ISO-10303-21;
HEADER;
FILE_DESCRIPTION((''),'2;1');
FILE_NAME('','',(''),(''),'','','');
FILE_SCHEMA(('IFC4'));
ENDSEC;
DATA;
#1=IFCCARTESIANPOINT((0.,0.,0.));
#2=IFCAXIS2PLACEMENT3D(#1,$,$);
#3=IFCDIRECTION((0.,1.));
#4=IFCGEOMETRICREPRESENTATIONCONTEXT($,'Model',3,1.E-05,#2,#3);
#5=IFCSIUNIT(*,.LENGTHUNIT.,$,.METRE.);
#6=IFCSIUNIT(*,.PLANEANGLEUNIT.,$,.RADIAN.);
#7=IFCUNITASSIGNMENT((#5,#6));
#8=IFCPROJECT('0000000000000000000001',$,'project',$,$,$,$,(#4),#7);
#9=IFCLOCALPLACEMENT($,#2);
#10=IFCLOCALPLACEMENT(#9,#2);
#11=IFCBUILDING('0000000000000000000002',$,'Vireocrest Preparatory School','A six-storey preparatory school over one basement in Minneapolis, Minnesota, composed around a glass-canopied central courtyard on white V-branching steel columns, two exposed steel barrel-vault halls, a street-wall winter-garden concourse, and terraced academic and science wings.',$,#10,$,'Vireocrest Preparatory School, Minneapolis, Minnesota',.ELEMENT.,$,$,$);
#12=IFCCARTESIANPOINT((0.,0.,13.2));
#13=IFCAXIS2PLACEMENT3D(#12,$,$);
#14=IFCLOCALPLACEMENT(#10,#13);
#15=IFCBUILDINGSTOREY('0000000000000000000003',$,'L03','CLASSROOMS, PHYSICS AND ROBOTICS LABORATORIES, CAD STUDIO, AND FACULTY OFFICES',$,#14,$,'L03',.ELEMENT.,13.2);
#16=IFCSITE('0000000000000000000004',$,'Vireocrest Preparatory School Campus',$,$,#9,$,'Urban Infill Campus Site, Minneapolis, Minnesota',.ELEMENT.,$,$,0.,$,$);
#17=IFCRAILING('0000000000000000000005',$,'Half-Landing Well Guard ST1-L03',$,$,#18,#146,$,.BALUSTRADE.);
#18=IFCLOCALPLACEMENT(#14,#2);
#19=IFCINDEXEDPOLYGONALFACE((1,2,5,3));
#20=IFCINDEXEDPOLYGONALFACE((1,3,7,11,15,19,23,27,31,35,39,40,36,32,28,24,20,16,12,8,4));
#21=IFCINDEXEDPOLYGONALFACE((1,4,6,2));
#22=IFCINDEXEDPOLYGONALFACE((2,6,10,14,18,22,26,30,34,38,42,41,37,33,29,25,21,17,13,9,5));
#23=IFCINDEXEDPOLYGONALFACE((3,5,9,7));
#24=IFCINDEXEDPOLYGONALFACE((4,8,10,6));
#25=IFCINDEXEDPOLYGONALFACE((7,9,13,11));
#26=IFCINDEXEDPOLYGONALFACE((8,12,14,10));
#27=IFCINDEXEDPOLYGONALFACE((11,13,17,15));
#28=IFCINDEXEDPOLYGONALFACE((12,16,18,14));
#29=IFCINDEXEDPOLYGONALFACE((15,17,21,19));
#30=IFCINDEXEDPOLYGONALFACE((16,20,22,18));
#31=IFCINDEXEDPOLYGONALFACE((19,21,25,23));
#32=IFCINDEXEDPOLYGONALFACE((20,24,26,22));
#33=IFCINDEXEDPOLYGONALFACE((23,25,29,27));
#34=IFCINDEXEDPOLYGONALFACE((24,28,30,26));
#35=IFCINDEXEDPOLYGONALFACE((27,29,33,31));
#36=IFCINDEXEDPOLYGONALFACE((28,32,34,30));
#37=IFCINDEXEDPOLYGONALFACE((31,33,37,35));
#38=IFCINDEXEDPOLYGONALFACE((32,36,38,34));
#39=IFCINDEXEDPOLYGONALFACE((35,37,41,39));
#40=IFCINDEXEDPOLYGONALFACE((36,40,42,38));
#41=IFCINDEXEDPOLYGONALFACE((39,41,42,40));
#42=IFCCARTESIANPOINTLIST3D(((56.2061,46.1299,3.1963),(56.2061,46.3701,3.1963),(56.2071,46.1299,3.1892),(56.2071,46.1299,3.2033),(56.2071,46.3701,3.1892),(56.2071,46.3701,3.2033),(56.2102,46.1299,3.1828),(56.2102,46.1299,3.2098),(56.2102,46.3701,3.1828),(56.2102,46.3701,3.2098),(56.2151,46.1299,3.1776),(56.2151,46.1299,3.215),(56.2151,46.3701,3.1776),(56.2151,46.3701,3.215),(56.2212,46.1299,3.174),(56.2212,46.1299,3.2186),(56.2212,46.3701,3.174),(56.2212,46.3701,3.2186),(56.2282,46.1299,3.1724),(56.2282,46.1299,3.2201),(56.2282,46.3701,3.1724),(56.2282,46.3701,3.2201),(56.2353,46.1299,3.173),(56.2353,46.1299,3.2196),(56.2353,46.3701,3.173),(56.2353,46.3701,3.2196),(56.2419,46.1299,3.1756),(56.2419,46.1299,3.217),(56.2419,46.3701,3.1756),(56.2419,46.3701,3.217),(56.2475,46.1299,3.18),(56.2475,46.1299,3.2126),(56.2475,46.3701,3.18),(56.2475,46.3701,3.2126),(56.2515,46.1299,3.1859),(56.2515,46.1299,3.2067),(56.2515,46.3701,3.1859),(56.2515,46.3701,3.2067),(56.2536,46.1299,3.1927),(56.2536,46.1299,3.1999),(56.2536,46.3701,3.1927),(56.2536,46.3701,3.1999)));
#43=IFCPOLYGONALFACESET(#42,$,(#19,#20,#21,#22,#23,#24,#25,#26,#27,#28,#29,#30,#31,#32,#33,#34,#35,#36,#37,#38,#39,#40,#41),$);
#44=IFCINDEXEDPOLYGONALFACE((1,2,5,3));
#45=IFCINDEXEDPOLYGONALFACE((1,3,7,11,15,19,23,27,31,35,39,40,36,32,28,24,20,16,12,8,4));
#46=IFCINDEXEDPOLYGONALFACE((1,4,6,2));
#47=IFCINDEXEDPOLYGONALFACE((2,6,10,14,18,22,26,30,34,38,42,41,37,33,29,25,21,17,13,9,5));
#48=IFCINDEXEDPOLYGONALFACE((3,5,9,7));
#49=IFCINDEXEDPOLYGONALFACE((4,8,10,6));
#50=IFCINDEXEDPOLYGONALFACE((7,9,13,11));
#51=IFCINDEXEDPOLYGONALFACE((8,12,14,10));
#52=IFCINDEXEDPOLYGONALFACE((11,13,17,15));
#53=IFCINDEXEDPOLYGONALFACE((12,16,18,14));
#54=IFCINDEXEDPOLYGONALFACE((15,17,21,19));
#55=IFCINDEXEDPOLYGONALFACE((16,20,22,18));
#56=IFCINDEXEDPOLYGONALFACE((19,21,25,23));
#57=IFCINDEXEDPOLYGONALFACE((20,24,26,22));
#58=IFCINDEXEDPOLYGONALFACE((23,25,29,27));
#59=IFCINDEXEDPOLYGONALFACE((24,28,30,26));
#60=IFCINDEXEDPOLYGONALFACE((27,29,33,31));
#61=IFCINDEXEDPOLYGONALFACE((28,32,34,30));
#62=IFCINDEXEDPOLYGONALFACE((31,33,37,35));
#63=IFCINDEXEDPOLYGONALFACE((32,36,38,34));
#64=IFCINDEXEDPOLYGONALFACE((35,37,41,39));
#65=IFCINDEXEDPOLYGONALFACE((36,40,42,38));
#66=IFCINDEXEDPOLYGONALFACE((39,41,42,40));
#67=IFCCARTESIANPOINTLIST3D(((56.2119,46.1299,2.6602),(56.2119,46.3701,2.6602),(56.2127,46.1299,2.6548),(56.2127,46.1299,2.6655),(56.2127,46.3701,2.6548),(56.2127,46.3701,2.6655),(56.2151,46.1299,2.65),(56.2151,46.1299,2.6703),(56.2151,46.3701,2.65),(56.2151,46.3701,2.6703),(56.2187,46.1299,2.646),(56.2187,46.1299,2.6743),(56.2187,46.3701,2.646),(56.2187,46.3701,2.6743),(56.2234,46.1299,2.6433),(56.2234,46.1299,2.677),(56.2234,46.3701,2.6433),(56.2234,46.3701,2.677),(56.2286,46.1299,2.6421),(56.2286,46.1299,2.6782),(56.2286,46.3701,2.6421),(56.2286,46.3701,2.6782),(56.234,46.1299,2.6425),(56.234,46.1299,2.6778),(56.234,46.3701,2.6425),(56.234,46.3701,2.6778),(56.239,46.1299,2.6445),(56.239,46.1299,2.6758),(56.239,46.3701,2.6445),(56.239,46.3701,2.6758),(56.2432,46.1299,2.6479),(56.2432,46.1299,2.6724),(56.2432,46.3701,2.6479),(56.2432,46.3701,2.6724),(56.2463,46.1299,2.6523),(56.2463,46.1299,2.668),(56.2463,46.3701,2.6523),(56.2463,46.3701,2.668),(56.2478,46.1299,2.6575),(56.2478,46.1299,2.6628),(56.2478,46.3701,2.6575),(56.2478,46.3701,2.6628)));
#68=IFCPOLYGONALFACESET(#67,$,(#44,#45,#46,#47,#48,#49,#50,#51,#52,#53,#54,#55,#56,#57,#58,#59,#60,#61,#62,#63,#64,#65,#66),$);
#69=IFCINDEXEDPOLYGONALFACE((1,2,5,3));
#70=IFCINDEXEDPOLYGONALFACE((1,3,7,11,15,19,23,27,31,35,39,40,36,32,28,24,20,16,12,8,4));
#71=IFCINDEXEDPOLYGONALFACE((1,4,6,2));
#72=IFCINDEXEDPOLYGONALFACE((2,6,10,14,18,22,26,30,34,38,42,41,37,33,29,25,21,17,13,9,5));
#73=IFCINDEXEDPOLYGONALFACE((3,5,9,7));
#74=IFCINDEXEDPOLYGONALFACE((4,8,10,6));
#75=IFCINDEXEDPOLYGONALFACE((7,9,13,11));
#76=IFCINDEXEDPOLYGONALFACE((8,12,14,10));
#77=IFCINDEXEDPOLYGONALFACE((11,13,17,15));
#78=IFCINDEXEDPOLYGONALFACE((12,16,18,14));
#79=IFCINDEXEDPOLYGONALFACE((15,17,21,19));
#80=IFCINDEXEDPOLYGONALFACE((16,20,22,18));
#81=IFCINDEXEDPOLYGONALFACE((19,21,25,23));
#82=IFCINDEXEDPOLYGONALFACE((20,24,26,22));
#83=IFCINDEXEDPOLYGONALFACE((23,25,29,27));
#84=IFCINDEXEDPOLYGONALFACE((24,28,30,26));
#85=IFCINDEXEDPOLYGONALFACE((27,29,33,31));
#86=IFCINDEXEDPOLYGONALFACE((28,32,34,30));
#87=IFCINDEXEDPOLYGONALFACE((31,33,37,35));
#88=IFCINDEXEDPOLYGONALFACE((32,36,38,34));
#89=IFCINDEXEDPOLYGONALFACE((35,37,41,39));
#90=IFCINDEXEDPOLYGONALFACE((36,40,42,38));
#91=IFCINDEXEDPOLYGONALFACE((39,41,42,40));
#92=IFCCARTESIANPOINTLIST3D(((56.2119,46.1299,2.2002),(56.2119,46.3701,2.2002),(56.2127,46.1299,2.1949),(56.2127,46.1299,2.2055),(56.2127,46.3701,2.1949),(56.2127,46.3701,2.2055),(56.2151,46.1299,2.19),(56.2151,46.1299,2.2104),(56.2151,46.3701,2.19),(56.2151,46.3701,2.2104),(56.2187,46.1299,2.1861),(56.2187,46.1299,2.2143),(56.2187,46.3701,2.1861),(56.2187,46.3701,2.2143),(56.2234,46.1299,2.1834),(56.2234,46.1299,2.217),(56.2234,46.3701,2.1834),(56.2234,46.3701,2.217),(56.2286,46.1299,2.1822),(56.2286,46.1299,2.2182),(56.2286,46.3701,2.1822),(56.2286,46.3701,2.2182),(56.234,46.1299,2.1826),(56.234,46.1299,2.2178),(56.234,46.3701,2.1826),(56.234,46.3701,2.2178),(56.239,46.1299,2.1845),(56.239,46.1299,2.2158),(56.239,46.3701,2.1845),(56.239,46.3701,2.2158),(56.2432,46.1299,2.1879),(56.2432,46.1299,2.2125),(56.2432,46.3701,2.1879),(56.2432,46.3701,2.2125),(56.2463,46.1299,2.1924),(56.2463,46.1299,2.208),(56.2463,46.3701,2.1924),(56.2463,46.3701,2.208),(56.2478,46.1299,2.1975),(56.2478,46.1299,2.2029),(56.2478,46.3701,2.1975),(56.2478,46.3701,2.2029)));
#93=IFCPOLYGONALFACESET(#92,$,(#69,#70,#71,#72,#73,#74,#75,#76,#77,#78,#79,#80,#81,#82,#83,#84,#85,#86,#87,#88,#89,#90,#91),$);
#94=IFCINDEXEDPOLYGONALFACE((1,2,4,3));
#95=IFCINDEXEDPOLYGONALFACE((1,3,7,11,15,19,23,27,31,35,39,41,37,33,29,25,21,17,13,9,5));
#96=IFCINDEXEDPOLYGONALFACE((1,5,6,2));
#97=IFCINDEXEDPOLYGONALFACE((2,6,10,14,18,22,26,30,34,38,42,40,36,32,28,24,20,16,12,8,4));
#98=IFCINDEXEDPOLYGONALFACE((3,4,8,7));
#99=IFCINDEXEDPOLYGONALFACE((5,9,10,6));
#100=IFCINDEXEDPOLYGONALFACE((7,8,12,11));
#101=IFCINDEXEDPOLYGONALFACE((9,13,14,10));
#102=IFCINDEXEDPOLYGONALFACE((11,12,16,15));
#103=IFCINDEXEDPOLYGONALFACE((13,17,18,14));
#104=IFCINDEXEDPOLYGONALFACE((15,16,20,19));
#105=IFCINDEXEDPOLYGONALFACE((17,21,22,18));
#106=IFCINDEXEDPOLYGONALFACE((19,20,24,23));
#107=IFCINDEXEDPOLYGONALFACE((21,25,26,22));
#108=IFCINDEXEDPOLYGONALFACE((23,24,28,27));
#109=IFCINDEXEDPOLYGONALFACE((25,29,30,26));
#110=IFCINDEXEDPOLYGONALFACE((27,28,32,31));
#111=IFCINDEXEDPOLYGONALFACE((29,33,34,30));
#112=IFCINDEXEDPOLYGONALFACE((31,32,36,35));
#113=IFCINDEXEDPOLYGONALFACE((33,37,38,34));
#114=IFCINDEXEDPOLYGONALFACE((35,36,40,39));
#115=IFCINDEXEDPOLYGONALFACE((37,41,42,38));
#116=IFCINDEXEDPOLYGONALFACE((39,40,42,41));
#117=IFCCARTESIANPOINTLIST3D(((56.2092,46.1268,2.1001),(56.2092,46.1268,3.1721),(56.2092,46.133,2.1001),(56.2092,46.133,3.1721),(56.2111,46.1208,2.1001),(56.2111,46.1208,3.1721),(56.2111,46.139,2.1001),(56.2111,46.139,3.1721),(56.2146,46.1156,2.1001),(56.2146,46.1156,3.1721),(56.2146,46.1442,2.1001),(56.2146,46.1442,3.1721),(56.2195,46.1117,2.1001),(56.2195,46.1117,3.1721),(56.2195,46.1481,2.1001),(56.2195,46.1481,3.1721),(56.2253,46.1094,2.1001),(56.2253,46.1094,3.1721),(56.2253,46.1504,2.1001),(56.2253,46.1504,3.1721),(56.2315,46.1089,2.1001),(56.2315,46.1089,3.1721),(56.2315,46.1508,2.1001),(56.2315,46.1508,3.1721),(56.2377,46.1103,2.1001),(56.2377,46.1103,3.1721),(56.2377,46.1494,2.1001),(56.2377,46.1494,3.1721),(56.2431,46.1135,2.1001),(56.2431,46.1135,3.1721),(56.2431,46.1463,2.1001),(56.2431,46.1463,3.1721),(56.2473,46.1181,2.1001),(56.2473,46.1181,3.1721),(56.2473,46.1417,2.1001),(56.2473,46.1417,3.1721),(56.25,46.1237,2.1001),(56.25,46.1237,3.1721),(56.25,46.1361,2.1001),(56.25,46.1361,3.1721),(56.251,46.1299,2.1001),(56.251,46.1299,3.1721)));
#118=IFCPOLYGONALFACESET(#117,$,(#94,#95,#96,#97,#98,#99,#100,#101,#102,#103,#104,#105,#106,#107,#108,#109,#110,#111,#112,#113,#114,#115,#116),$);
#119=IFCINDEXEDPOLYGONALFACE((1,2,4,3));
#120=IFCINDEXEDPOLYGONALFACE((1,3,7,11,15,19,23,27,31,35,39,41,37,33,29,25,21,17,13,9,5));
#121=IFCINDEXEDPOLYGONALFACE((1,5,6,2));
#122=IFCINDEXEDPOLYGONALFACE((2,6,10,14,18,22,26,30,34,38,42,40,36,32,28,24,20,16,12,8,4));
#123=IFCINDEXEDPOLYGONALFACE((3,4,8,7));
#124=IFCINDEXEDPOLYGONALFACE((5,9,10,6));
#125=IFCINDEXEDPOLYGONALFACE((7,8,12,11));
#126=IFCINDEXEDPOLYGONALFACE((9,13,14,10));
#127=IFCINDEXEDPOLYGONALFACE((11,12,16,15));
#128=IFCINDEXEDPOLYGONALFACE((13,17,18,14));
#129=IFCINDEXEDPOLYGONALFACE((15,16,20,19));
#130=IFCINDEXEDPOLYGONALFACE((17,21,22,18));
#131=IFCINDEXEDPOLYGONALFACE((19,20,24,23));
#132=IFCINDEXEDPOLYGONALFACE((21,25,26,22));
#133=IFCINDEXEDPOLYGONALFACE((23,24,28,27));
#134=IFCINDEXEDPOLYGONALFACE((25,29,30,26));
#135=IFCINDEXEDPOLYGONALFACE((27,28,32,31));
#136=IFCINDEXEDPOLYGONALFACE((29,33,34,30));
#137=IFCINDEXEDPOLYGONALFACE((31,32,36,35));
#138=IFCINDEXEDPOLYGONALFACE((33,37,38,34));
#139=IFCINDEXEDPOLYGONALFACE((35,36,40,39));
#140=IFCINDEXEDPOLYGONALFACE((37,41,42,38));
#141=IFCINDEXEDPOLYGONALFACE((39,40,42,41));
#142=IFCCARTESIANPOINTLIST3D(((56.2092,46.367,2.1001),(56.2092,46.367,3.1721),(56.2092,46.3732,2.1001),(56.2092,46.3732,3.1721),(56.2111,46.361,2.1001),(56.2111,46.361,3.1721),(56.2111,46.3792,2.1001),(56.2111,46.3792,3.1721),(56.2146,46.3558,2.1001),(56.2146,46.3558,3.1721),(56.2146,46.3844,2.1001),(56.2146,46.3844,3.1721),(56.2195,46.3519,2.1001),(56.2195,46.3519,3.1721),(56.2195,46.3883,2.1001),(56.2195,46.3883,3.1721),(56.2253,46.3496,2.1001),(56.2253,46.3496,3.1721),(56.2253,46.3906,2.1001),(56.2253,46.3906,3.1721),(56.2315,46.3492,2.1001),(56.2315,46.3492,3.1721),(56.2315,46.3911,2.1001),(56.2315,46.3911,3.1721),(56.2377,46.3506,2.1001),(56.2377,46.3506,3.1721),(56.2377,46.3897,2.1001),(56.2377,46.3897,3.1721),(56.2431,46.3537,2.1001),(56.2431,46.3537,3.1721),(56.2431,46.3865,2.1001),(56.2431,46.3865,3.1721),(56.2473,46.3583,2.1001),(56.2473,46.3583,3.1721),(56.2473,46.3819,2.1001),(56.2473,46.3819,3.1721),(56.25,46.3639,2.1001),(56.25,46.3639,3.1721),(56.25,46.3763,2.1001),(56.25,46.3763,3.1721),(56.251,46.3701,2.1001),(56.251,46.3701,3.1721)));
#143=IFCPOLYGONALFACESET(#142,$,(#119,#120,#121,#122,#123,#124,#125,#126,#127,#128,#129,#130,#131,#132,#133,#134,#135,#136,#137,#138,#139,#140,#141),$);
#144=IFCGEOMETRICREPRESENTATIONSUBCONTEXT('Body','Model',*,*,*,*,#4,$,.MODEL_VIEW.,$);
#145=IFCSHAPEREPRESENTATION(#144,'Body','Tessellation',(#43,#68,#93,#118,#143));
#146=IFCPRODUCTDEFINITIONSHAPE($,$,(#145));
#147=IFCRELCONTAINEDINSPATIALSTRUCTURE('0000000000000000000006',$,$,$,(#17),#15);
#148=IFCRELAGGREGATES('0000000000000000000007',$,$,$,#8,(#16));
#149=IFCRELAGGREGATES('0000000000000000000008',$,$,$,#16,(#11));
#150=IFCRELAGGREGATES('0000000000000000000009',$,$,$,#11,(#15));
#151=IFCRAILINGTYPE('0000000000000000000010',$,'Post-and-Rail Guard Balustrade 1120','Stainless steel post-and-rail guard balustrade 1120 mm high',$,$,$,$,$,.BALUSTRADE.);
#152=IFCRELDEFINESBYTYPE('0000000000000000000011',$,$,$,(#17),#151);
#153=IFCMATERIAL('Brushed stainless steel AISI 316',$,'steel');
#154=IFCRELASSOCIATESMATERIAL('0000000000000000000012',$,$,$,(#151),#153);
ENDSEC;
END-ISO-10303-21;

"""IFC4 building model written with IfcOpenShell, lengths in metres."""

from ifc_helpers import new_model, si_unit, direction, frame, origin, origin_2d, place, context, subcontext, project, spatial, circle, extrude, material, type_object, element, save


model = new_model("IFC4")

# Units and contexts
model_context = context("Model", 3, precision=1e-05, world=origin(), true_north=direction((0.0, 1.0)))
body_context = subcontext(model_context, "Body", "Model", "MODEL_VIEW")
ifc_project = project(units=[si_unit("LENGTHUNIT", "METRE"), si_unit("PLANEANGLEUNIT", "RADIAN")], contexts=[model_context])

# Site, building, storey
site_placement = place(None, origin())
site = spatial("IfcSite", under=ifc_project, at=site_placement, Name="Vireocrest Preparatory School Campus", LongName="Urban Infill Campus Site, Minneapolis, Minnesota", CompositionType="ELEMENT", RefElevation=0.0)
building_placement = place(site_placement, origin())
building = spatial("IfcBuilding", under=site, at=building_placement, Name="Vireocrest Preparatory School", Description="A six-storey preparatory school over one basement in Minneapolis, Minnesota, composed around a glass-canopied central courtyard on white V-branching steel columns, two exposed steel barrel-vault halls, a street-wall winter-garden concourse, and terraced academic and science wings.", LongName="Vireocrest Preparatory School, Minneapolis, Minnesota", CompositionType="ELEMENT")
storey_placement = place(building_placement, frame((0.0, 0.0, 13.2)))
storey = spatial("IfcBuildingStorey", under=building, at=storey_placement, Name="L03", Description="CLASSROOMS, PHYSICS AND ROBOTICS LABORATORIES, CAD STUDIO, AND FACULTY OFFICES", LongName="L03", CompositionType="ELEMENT", Elevation=13.2)

# Railing
ifc_material_1 = material(Name="Brushed stainless steel AISI 316", Category="steel")
railing_type_1 = type_object("IfcRailingType", Name="Post-and-Rail Guard Balustrade 1120", Description="Stainless steel post-and-rail guard balustrade 1120 mm high", PredefinedType="BALUSTRADE", material=ifc_material_1)
railing_1_placement = place(storey_placement, frame((56.23, 46.1299, 2.1001)))
element("IfcRailing", 1, at=railing_1_placement, inside=storey, type_object=railing_type_1, Name="Half-Landing Well Guard ST1-L03", PredefinedType="BALUSTRADE", context=body_context, shape_type="SweptSolid", body=[
    extrude(circle(Radius=0.0239, at=origin_2d()), frame((0.0, 0.0, 1.0962), z_axis=(0.0, 1.0, 0.0), x_axis=(-1.0, 0.0, 0.0)), (0.0, 0.0, 1.0), 0.2402),
    extrude(circle(Radius=0.0181, at=origin_2d()), frame((0.0, 0.0, 0.5601), z_axis=(0.0, 1.0, 0.0), x_axis=(-1.0, 0.0, 0.0)), (0.0, 0.0, 1.0), 0.2402),
    extrude(circle(Radius=0.0181, at=origin_2d()), frame((0.0, 0.0, 0.1001), z_axis=(0.0, 1.0, 0.0), x_axis=(-1.0, 0.0, 0.0)), (0.0, 0.0, 1.0), 0.2402),
    extrude(circle(Radius=0.021, at=origin_2d()), origin(), (0.0, 0.0, 1.0), 1.072),
    extrude(circle(Radius=0.021, at=origin_2d()), frame((0.0, 0.2402, 0.0)), (0.0, 0.0, 1.0), 1.072),
])

save(model, "model.ifc")
